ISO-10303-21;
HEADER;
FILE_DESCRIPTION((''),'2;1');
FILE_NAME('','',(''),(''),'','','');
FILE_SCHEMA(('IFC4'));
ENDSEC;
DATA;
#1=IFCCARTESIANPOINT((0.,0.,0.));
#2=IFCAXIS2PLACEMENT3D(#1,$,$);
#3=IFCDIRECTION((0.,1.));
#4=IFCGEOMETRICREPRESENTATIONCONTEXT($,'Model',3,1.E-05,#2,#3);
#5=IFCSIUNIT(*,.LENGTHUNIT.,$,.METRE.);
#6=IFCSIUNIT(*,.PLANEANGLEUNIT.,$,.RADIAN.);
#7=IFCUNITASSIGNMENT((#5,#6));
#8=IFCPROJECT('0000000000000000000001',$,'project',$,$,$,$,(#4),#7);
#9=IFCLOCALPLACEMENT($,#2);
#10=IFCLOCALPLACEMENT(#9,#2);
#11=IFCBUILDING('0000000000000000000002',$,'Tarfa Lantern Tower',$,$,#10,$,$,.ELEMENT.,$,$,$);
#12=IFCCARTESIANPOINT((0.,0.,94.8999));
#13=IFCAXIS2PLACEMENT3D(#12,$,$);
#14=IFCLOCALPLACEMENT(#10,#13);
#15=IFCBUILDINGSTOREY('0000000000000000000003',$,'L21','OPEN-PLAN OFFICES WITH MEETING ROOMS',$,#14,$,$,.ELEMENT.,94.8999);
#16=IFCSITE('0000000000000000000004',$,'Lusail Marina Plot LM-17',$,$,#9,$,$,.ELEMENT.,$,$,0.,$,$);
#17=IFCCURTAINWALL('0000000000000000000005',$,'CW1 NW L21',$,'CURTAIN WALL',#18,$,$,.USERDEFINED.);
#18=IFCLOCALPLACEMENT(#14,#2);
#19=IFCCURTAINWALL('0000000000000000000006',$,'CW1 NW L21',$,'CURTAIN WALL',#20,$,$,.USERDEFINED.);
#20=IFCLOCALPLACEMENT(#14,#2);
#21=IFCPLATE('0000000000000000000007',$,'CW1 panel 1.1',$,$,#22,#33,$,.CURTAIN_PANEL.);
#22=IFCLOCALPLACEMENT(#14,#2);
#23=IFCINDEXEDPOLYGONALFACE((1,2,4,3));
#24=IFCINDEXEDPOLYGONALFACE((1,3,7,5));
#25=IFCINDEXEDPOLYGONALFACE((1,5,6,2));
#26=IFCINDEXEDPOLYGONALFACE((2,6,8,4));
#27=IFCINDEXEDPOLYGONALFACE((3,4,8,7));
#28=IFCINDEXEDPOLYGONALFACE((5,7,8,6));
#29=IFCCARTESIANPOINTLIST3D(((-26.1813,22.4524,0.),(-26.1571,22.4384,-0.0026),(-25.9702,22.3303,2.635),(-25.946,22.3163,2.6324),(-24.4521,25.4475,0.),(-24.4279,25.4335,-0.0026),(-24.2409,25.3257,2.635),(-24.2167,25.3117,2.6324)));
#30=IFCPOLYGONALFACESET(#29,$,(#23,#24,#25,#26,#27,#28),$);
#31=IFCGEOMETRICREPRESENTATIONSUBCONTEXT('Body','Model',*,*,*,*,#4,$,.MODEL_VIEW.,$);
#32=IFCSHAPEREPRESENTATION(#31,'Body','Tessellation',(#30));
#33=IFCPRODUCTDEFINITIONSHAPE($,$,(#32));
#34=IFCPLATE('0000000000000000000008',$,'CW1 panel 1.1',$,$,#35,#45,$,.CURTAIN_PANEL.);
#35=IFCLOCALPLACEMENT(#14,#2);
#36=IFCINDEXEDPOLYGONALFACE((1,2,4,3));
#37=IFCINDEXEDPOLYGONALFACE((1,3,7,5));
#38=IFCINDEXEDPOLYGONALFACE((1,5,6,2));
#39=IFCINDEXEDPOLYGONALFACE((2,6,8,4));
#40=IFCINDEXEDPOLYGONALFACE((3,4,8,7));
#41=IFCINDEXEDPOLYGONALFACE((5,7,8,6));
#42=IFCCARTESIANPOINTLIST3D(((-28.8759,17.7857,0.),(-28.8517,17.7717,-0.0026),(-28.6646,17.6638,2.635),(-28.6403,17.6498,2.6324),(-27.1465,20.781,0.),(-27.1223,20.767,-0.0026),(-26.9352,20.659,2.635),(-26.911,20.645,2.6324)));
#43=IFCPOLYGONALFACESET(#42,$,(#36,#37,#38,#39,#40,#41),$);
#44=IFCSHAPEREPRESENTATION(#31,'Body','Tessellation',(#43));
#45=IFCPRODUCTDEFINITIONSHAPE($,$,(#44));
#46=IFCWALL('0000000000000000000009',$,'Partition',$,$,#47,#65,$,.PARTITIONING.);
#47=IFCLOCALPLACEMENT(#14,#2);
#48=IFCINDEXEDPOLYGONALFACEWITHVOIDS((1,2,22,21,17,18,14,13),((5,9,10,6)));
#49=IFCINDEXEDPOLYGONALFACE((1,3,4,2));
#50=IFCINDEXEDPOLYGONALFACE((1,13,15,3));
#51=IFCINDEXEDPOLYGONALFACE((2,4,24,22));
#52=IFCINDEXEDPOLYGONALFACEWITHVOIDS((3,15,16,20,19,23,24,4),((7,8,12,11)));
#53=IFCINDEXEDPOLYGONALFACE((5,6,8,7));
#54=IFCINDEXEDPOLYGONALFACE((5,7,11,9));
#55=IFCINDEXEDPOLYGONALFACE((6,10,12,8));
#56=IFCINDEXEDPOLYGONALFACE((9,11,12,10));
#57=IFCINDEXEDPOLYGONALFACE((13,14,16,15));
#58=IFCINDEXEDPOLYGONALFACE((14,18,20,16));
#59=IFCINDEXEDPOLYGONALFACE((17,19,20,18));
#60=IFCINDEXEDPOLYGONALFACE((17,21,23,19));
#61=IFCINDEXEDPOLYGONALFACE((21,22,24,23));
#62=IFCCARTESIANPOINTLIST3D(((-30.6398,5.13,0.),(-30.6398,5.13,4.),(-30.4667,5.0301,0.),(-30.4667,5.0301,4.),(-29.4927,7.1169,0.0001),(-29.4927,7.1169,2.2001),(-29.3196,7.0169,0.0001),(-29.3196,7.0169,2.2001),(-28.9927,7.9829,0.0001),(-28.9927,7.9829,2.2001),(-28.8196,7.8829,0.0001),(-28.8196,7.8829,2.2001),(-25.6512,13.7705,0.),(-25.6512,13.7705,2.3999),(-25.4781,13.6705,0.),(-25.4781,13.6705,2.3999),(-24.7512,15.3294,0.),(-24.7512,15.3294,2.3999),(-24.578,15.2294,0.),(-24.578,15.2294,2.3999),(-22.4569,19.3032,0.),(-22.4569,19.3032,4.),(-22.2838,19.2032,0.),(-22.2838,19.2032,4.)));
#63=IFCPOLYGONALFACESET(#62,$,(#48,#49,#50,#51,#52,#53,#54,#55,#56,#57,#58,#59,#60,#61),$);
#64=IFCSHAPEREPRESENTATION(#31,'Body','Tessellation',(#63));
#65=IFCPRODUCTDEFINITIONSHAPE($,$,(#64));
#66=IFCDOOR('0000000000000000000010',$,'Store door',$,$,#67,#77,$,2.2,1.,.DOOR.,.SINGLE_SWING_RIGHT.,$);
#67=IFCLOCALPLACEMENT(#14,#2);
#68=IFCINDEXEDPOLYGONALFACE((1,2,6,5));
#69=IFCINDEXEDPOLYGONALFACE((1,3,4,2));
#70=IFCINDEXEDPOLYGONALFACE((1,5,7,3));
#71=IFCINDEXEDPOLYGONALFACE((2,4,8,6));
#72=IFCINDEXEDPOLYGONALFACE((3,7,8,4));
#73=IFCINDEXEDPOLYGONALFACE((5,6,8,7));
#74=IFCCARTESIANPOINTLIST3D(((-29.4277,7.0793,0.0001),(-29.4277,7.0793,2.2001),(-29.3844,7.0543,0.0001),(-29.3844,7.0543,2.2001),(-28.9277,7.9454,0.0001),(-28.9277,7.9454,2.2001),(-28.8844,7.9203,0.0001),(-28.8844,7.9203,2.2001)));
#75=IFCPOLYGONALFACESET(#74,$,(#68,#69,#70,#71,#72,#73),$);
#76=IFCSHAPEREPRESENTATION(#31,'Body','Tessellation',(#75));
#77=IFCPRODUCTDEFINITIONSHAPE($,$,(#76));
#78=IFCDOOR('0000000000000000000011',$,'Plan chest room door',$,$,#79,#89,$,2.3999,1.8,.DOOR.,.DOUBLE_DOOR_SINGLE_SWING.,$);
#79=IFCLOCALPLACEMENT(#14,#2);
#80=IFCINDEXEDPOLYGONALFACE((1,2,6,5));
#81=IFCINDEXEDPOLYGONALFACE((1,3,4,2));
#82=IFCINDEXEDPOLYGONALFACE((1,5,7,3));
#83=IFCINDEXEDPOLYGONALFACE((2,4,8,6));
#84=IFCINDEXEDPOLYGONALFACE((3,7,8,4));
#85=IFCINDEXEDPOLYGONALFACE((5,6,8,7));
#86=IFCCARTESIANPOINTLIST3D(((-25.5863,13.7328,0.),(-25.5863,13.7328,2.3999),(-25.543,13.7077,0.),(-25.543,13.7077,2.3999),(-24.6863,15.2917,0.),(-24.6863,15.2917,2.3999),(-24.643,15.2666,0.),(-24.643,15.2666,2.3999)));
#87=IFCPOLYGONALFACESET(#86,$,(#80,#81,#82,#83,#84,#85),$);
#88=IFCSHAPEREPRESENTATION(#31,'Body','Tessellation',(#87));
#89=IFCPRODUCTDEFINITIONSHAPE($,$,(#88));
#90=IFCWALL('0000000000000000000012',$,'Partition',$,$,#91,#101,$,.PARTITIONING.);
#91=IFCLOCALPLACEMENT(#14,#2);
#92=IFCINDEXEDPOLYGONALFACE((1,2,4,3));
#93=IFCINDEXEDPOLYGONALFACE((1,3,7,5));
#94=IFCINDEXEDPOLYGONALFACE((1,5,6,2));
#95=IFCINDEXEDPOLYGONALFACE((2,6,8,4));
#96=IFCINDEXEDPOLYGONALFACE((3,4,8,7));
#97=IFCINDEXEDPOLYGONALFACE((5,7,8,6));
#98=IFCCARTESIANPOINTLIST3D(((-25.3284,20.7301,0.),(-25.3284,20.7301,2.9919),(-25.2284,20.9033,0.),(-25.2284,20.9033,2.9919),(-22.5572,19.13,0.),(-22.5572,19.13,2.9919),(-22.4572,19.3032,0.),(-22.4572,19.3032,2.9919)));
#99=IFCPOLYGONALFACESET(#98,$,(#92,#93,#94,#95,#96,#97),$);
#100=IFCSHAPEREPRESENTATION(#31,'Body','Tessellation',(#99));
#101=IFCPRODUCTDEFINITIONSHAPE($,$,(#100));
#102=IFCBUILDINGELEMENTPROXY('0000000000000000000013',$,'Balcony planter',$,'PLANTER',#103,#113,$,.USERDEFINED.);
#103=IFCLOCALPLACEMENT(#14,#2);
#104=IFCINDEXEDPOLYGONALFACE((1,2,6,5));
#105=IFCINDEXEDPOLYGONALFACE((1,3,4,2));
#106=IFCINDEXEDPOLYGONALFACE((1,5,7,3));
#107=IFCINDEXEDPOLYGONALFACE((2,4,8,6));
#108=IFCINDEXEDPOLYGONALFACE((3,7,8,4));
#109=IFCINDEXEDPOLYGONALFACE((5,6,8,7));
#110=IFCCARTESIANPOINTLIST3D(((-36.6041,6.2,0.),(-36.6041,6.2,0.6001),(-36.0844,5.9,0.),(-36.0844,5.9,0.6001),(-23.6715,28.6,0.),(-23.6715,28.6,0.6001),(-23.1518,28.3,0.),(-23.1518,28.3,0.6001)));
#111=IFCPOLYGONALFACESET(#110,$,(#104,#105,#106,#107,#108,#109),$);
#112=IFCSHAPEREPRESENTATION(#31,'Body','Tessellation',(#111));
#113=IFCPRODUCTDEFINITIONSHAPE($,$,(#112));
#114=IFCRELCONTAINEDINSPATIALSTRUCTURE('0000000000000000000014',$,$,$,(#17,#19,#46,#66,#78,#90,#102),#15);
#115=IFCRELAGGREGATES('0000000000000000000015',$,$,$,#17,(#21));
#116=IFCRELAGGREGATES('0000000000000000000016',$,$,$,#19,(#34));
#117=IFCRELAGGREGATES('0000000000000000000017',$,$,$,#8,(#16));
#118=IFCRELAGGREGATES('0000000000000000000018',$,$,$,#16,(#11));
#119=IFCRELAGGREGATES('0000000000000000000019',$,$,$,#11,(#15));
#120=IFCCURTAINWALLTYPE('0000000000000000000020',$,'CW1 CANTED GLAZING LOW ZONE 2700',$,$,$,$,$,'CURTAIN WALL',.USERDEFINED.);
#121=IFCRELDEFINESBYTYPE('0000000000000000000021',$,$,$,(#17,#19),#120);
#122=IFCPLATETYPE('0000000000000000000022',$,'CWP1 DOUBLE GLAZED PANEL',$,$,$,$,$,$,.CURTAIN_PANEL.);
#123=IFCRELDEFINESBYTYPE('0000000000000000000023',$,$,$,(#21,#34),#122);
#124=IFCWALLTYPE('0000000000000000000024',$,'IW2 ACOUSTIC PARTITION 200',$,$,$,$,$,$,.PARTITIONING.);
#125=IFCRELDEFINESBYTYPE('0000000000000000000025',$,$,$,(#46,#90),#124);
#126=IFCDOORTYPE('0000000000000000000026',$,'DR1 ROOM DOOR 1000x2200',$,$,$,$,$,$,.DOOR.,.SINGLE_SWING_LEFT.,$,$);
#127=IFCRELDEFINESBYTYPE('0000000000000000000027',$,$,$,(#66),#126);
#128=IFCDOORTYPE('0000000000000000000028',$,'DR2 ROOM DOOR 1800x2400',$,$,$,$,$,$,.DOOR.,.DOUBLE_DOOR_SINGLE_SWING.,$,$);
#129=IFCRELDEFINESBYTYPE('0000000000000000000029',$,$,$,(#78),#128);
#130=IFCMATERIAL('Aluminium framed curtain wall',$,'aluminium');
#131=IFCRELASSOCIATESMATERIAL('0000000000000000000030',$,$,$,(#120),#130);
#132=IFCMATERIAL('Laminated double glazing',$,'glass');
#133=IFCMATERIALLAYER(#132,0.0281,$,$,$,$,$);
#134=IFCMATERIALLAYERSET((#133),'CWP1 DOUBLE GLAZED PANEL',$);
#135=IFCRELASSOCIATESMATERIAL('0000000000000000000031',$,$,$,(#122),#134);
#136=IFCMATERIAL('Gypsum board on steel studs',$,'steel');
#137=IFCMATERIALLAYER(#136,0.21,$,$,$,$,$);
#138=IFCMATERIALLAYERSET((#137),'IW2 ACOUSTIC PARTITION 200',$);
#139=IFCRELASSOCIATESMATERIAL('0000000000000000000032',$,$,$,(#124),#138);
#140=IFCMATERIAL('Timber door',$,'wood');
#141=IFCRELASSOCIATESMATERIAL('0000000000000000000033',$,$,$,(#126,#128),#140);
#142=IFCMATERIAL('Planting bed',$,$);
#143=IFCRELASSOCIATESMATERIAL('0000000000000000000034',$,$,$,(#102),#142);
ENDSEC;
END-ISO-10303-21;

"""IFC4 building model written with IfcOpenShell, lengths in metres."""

from ifc_helpers import new_model, si_unit, direction, frame, frame_2d, origin, origin_2d, place, context, subcontext, project, spatial, polyline, rectangle, outline, extrude, material, layer, layer_set, type_object, element, fill, aggregate, save


model = new_model("IFC4")

# Units and contexts
model_context = context("Model", 3, precision=1e-05, world=origin(), true_north=direction((0.0, 1.0)))
body_context = subcontext(model_context, "Body", "Model", "MODEL_VIEW")
ifc_project = project(units=[si_unit("LENGTHUNIT", "METRE"), si_unit("PLANEANGLEUNIT", "RADIAN")], contexts=[model_context])

# Site, building, storey
site_placement = place(None, origin())
site = spatial("IfcSite", under=ifc_project, at=site_placement, Name="Lusail Marina Plot LM-17", CompositionType="ELEMENT", RefElevation=0.0)
building_placement = place(site_placement, origin())
building = spatial("IfcBuilding", under=site, at=building_placement, Name="Tarfa Lantern Tower", CompositionType="ELEMENT")
storey_placement = place(building_placement, frame((0.0, 0.0, 94.8999)))
storey = spatial("IfcBuildingStorey", under=building, at=storey_placement, Name="L21", Description="OPEN-PLAN OFFICES WITH MEETING ROOMS", CompositionType="ELEMENT", Elevation=94.8999)

# Shared definitions
ifc_material_1 = material(Name="Aluminium framed curtain wall", Category="aluminium")
curtain_wall_type = type_object("IfcCurtainWallType", Name="CW1 CANTED GLAZING LOW ZONE 2700", ElementType="CURTAIN WALL", PredefinedType="USERDEFINED", material=ifc_material_1)

# Curtain walls
curtain_wall_1_placement = place(storey_placement, origin())
curtain_wall_1 = element("IfcCurtainWall", 1, at=curtain_wall_1_placement, inside=storey, type_object=curtain_wall_type, Name="CW1 NW L21", ObjectType="CURTAIN WALL", PredefinedType="USERDEFINED")
curtain_wall_2_placement = place(storey_placement, origin())
curtain_wall_2 = element("IfcCurtainWall", 2, at=curtain_wall_2_placement, inside=storey, type_object=curtain_wall_type, Name="CW1 NW L21", ObjectType="CURTAIN WALL", PredefinedType="USERDEFINED")

# Plates
ifc_material_2 = material(Name="Laminated double glazing", Category="glass")
ifc_layer_1 = layer(ifc_material_2, 0.0281)
ifc_layer_set_1 = layer_set([ifc_layer_1], Name="CWP1 DOUBLE GLAZED PANEL")
plate_type = type_object("IfcPlateType", Name="CWP1 DOUBLE GLAZED PANEL", PredefinedType="CURTAIN_PANEL", material=ifc_layer_set_1)
plate_1_placement = place(storey_placement, frame((-24.4521, 25.4475, 0.0), z_axis=(-0.862347, 0.497861, 0.092153), x_axis=(-0.499988, -0.866032, -0.000002)))
plate_1 = element("IfcPlate", 3, at=plate_1_placement, type_object=plate_type, Name="CW1 panel 1.1", PredefinedType="CURTAIN_PANEL", context=body_context, shape_type="SweptSolid", body=[
    extrude(outline(polyline([(0.0, 0.0), (3.4585, 0.0), (3.4586, 2.6463), (-0.0001, 2.6463), (0.0, 0.0)])), origin(), (0.0, 0.0, -1.0), 0.0281),
])
aggregate(curtain_wall_1, [plate_1])
plate_2_placement = place(storey_placement, frame((-27.1465, 20.781, 0.0), z_axis=(-0.862329, 0.497885, 0.092193), x_axis=(-0.500014, -0.866017, 0.000004)))
plate_2 = element("IfcPlate", 4, at=plate_2_placement, type_object=plate_type, Name="CW1 panel 1.1", PredefinedType="CURTAIN_PANEL", context=body_context, shape_type="SweptSolid", body=[
    extrude(outline(polyline([(0.0, 0.0), (3.4587, 0.0), (3.4586, 2.6463), (0.0, 2.6463), (0.0, 0.0)])), origin(), (0.0, 0.0, -1.0), 0.0281),
])
aggregate(curtain_wall_2, [plate_2])

# Wall, openings, doors
ifc_material_3 = material(Name="Gypsum board on steel studs", Category="steel")
ifc_layer_2 = layer(ifc_material_3, 0.21)
ifc_layer_set_2 = layer_set([ifc_layer_2], Name="IW2 ACOUSTIC PARTITION 200")
wall_type = type_object("IfcWallType", Name="IW2 ACOUSTIC PARTITION 200", PredefinedType="PARTITIONING", material=ifc_layer_set_2)
wall_1_placement = place(storey_placement, frame((-22.3704, 19.2532, 0.0), z_axis=(0.0, 0.0, 1.0), x_axis=(-0.500001, -0.866025, 0.0)))
wall_1 = element("IfcWall", 5, at=wall_1_placement, inside=storey, type_object=wall_type, Name="Partition", PredefinedType="PARTITIONING", context=body_context, shape_type="SweptSolid", body=[
    extrude(rectangle(XDim=16.3657, YDim=0.2, at=frame_2d((8.1829, 0.0))), origin(), (0.0, 0.0, 1.0), 4.0),
])
opening_1_placement = place(wall_1_placement, frame((4.5886, 0.0, 0.0)))
opening_1 = element("IfcOpeningElement", 6, at=opening_1_placement, cuts=wall_1, PredefinedType="OPENING", context=body_context, shape_type="SweptSolid", body=[
    extrude(rectangle(XDim=1.8, YDim=2.3999, at=frame_2d((0.8999, 1.2))), frame((0.0, 0.1099, 0.0), z_axis=(0.0, -1.0, 0.0), x_axis=(1.0, 0.0, 0.0)), (0.0, 0.0, 1.0), 0.22),
])
opening_2_placement = place(wall_1_placement, frame((13.0715, 0.0, 0.0)))
opening_2 = element("IfcOpeningElement", 7, at=opening_2_placement, cuts=wall_1, PredefinedType="OPENING", context=body_context, shape_type="SweptSolid", body=[
    extrude(rectangle(XDim=1.0, YDim=2.2, at=frame_2d((0.5, 1.1001))), frame((0.0, 0.1099, 0.0), z_axis=(0.0, -1.0, 0.0), x_axis=(1.0, 0.0, 0.0)), (0.0, 0.0, 1.0), 0.22),
])
ifc_material_4 = material(Name="Timber door", Category="wood")
door_type_1 = type_object("IfcDoorType", Name="DR1 ROOM DOOR 1000x2200", OperationType="SINGLE_SWING_LEFT", PredefinedType="DOOR", material=ifc_material_4)
door_1_placement = place(opening_2_placement, frame((1.0, 0.0, 0.0), z_axis=(0.0, 0.0, 1.0), x_axis=(-1.0, 0.0, 0.0)))
door_1 = element("IfcDoor", 8, at=door_1_placement, inside=storey, type_object=door_type_1, Name="Store door", OperationType="SINGLE_SWING_RIGHT", OverallHeight=2.2, OverallWidth=1.0, PredefinedType="DOOR", context=body_context, shape_type="SweptSolid", body=[
    extrude(rectangle(XDim=1.0, YDim=2.2, at=frame_2d((0.5, 1.1001))), frame((0.0, 0.0249, 0.0), z_axis=(0.0, -1.0, 0.0), x_axis=(1.0, 0.0, 0.0)), (0.0, 0.0, 1.0), 0.05),
])
fill(opening_2, door_1)
door_type_2 = type_object("IfcDoorType", Name="DR2 ROOM DOOR 1800x2400", OperationType="DOUBLE_DOOR_SINGLE_SWING", PredefinedType="DOOR", material=ifc_material_4)
door_2_placement = place(opening_1_placement, frame((1.8, 0.0, 0.0), z_axis=(0.0, 0.0, 1.0), x_axis=(-1.0, 0.0, 0.0)))
door_2 = element("IfcDoor", 9, at=door_2_placement, inside=storey, type_object=door_type_2, Name="Plan chest room door", OperationType="DOUBLE_DOOR_SINGLE_SWING", OverallHeight=2.3999, OverallWidth=1.8, PredefinedType="DOOR", context=body_context, shape_type="SweptSolid", body=[
    extrude(rectangle(XDim=1.8, YDim=2.3999, at=frame_2d((0.8999, 1.2))), frame((0.0, 0.0249, 0.0), z_axis=(0.0, -1.0, 0.0), x_axis=(1.0, 0.0, 0.0)), (0.0, 0.0, 1.0), 0.05),
])
fill(opening_1, door_2)

# Wall
wall_2_placement = place(storey_placement, frame((-22.5071, 19.2166, 0.0), z_axis=(0.0, 0.0, 1.0), x_axis=(-0.866009, 0.500028, 0.0)))
element("IfcWall", 10, at=wall_2_placement, inside=storey, type_object=wall_type, Name="Partition", PredefinedType="PARTITIONING", context=body_context, shape_type="SweptSolid", body=[
    extrude(rectangle(XDim=3.2, YDim=0.2, at=frame_2d((1.6001, 0.0))), origin(), (0.0, 0.0, 1.0), 2.9919),
])

# Building element proxy
ifc_material_5 = material(Name="Planting bed")
proxy_placement = place(storey_placement, frame((-29.8779, 17.25, 0.0), z_axis=(0.0, 0.0, 1.0), x_axis=(-0.5, -0.866025, 0.0)))
element("IfcBuildingElementProxy", 11, at=proxy_placement, inside=storey, material=ifc_material_5, Name="Balcony planter", ObjectType="PLANTER", PredefinedType="USERDEFINED", context=body_context, shape_type="SweptSolid", body=[
    extrude(rectangle(XDim=25.8652, YDim=0.6001, at=origin_2d()), origin(), (0.0, 0.0, 1.0), 0.6001),
])

save(model, "model.ifc")
